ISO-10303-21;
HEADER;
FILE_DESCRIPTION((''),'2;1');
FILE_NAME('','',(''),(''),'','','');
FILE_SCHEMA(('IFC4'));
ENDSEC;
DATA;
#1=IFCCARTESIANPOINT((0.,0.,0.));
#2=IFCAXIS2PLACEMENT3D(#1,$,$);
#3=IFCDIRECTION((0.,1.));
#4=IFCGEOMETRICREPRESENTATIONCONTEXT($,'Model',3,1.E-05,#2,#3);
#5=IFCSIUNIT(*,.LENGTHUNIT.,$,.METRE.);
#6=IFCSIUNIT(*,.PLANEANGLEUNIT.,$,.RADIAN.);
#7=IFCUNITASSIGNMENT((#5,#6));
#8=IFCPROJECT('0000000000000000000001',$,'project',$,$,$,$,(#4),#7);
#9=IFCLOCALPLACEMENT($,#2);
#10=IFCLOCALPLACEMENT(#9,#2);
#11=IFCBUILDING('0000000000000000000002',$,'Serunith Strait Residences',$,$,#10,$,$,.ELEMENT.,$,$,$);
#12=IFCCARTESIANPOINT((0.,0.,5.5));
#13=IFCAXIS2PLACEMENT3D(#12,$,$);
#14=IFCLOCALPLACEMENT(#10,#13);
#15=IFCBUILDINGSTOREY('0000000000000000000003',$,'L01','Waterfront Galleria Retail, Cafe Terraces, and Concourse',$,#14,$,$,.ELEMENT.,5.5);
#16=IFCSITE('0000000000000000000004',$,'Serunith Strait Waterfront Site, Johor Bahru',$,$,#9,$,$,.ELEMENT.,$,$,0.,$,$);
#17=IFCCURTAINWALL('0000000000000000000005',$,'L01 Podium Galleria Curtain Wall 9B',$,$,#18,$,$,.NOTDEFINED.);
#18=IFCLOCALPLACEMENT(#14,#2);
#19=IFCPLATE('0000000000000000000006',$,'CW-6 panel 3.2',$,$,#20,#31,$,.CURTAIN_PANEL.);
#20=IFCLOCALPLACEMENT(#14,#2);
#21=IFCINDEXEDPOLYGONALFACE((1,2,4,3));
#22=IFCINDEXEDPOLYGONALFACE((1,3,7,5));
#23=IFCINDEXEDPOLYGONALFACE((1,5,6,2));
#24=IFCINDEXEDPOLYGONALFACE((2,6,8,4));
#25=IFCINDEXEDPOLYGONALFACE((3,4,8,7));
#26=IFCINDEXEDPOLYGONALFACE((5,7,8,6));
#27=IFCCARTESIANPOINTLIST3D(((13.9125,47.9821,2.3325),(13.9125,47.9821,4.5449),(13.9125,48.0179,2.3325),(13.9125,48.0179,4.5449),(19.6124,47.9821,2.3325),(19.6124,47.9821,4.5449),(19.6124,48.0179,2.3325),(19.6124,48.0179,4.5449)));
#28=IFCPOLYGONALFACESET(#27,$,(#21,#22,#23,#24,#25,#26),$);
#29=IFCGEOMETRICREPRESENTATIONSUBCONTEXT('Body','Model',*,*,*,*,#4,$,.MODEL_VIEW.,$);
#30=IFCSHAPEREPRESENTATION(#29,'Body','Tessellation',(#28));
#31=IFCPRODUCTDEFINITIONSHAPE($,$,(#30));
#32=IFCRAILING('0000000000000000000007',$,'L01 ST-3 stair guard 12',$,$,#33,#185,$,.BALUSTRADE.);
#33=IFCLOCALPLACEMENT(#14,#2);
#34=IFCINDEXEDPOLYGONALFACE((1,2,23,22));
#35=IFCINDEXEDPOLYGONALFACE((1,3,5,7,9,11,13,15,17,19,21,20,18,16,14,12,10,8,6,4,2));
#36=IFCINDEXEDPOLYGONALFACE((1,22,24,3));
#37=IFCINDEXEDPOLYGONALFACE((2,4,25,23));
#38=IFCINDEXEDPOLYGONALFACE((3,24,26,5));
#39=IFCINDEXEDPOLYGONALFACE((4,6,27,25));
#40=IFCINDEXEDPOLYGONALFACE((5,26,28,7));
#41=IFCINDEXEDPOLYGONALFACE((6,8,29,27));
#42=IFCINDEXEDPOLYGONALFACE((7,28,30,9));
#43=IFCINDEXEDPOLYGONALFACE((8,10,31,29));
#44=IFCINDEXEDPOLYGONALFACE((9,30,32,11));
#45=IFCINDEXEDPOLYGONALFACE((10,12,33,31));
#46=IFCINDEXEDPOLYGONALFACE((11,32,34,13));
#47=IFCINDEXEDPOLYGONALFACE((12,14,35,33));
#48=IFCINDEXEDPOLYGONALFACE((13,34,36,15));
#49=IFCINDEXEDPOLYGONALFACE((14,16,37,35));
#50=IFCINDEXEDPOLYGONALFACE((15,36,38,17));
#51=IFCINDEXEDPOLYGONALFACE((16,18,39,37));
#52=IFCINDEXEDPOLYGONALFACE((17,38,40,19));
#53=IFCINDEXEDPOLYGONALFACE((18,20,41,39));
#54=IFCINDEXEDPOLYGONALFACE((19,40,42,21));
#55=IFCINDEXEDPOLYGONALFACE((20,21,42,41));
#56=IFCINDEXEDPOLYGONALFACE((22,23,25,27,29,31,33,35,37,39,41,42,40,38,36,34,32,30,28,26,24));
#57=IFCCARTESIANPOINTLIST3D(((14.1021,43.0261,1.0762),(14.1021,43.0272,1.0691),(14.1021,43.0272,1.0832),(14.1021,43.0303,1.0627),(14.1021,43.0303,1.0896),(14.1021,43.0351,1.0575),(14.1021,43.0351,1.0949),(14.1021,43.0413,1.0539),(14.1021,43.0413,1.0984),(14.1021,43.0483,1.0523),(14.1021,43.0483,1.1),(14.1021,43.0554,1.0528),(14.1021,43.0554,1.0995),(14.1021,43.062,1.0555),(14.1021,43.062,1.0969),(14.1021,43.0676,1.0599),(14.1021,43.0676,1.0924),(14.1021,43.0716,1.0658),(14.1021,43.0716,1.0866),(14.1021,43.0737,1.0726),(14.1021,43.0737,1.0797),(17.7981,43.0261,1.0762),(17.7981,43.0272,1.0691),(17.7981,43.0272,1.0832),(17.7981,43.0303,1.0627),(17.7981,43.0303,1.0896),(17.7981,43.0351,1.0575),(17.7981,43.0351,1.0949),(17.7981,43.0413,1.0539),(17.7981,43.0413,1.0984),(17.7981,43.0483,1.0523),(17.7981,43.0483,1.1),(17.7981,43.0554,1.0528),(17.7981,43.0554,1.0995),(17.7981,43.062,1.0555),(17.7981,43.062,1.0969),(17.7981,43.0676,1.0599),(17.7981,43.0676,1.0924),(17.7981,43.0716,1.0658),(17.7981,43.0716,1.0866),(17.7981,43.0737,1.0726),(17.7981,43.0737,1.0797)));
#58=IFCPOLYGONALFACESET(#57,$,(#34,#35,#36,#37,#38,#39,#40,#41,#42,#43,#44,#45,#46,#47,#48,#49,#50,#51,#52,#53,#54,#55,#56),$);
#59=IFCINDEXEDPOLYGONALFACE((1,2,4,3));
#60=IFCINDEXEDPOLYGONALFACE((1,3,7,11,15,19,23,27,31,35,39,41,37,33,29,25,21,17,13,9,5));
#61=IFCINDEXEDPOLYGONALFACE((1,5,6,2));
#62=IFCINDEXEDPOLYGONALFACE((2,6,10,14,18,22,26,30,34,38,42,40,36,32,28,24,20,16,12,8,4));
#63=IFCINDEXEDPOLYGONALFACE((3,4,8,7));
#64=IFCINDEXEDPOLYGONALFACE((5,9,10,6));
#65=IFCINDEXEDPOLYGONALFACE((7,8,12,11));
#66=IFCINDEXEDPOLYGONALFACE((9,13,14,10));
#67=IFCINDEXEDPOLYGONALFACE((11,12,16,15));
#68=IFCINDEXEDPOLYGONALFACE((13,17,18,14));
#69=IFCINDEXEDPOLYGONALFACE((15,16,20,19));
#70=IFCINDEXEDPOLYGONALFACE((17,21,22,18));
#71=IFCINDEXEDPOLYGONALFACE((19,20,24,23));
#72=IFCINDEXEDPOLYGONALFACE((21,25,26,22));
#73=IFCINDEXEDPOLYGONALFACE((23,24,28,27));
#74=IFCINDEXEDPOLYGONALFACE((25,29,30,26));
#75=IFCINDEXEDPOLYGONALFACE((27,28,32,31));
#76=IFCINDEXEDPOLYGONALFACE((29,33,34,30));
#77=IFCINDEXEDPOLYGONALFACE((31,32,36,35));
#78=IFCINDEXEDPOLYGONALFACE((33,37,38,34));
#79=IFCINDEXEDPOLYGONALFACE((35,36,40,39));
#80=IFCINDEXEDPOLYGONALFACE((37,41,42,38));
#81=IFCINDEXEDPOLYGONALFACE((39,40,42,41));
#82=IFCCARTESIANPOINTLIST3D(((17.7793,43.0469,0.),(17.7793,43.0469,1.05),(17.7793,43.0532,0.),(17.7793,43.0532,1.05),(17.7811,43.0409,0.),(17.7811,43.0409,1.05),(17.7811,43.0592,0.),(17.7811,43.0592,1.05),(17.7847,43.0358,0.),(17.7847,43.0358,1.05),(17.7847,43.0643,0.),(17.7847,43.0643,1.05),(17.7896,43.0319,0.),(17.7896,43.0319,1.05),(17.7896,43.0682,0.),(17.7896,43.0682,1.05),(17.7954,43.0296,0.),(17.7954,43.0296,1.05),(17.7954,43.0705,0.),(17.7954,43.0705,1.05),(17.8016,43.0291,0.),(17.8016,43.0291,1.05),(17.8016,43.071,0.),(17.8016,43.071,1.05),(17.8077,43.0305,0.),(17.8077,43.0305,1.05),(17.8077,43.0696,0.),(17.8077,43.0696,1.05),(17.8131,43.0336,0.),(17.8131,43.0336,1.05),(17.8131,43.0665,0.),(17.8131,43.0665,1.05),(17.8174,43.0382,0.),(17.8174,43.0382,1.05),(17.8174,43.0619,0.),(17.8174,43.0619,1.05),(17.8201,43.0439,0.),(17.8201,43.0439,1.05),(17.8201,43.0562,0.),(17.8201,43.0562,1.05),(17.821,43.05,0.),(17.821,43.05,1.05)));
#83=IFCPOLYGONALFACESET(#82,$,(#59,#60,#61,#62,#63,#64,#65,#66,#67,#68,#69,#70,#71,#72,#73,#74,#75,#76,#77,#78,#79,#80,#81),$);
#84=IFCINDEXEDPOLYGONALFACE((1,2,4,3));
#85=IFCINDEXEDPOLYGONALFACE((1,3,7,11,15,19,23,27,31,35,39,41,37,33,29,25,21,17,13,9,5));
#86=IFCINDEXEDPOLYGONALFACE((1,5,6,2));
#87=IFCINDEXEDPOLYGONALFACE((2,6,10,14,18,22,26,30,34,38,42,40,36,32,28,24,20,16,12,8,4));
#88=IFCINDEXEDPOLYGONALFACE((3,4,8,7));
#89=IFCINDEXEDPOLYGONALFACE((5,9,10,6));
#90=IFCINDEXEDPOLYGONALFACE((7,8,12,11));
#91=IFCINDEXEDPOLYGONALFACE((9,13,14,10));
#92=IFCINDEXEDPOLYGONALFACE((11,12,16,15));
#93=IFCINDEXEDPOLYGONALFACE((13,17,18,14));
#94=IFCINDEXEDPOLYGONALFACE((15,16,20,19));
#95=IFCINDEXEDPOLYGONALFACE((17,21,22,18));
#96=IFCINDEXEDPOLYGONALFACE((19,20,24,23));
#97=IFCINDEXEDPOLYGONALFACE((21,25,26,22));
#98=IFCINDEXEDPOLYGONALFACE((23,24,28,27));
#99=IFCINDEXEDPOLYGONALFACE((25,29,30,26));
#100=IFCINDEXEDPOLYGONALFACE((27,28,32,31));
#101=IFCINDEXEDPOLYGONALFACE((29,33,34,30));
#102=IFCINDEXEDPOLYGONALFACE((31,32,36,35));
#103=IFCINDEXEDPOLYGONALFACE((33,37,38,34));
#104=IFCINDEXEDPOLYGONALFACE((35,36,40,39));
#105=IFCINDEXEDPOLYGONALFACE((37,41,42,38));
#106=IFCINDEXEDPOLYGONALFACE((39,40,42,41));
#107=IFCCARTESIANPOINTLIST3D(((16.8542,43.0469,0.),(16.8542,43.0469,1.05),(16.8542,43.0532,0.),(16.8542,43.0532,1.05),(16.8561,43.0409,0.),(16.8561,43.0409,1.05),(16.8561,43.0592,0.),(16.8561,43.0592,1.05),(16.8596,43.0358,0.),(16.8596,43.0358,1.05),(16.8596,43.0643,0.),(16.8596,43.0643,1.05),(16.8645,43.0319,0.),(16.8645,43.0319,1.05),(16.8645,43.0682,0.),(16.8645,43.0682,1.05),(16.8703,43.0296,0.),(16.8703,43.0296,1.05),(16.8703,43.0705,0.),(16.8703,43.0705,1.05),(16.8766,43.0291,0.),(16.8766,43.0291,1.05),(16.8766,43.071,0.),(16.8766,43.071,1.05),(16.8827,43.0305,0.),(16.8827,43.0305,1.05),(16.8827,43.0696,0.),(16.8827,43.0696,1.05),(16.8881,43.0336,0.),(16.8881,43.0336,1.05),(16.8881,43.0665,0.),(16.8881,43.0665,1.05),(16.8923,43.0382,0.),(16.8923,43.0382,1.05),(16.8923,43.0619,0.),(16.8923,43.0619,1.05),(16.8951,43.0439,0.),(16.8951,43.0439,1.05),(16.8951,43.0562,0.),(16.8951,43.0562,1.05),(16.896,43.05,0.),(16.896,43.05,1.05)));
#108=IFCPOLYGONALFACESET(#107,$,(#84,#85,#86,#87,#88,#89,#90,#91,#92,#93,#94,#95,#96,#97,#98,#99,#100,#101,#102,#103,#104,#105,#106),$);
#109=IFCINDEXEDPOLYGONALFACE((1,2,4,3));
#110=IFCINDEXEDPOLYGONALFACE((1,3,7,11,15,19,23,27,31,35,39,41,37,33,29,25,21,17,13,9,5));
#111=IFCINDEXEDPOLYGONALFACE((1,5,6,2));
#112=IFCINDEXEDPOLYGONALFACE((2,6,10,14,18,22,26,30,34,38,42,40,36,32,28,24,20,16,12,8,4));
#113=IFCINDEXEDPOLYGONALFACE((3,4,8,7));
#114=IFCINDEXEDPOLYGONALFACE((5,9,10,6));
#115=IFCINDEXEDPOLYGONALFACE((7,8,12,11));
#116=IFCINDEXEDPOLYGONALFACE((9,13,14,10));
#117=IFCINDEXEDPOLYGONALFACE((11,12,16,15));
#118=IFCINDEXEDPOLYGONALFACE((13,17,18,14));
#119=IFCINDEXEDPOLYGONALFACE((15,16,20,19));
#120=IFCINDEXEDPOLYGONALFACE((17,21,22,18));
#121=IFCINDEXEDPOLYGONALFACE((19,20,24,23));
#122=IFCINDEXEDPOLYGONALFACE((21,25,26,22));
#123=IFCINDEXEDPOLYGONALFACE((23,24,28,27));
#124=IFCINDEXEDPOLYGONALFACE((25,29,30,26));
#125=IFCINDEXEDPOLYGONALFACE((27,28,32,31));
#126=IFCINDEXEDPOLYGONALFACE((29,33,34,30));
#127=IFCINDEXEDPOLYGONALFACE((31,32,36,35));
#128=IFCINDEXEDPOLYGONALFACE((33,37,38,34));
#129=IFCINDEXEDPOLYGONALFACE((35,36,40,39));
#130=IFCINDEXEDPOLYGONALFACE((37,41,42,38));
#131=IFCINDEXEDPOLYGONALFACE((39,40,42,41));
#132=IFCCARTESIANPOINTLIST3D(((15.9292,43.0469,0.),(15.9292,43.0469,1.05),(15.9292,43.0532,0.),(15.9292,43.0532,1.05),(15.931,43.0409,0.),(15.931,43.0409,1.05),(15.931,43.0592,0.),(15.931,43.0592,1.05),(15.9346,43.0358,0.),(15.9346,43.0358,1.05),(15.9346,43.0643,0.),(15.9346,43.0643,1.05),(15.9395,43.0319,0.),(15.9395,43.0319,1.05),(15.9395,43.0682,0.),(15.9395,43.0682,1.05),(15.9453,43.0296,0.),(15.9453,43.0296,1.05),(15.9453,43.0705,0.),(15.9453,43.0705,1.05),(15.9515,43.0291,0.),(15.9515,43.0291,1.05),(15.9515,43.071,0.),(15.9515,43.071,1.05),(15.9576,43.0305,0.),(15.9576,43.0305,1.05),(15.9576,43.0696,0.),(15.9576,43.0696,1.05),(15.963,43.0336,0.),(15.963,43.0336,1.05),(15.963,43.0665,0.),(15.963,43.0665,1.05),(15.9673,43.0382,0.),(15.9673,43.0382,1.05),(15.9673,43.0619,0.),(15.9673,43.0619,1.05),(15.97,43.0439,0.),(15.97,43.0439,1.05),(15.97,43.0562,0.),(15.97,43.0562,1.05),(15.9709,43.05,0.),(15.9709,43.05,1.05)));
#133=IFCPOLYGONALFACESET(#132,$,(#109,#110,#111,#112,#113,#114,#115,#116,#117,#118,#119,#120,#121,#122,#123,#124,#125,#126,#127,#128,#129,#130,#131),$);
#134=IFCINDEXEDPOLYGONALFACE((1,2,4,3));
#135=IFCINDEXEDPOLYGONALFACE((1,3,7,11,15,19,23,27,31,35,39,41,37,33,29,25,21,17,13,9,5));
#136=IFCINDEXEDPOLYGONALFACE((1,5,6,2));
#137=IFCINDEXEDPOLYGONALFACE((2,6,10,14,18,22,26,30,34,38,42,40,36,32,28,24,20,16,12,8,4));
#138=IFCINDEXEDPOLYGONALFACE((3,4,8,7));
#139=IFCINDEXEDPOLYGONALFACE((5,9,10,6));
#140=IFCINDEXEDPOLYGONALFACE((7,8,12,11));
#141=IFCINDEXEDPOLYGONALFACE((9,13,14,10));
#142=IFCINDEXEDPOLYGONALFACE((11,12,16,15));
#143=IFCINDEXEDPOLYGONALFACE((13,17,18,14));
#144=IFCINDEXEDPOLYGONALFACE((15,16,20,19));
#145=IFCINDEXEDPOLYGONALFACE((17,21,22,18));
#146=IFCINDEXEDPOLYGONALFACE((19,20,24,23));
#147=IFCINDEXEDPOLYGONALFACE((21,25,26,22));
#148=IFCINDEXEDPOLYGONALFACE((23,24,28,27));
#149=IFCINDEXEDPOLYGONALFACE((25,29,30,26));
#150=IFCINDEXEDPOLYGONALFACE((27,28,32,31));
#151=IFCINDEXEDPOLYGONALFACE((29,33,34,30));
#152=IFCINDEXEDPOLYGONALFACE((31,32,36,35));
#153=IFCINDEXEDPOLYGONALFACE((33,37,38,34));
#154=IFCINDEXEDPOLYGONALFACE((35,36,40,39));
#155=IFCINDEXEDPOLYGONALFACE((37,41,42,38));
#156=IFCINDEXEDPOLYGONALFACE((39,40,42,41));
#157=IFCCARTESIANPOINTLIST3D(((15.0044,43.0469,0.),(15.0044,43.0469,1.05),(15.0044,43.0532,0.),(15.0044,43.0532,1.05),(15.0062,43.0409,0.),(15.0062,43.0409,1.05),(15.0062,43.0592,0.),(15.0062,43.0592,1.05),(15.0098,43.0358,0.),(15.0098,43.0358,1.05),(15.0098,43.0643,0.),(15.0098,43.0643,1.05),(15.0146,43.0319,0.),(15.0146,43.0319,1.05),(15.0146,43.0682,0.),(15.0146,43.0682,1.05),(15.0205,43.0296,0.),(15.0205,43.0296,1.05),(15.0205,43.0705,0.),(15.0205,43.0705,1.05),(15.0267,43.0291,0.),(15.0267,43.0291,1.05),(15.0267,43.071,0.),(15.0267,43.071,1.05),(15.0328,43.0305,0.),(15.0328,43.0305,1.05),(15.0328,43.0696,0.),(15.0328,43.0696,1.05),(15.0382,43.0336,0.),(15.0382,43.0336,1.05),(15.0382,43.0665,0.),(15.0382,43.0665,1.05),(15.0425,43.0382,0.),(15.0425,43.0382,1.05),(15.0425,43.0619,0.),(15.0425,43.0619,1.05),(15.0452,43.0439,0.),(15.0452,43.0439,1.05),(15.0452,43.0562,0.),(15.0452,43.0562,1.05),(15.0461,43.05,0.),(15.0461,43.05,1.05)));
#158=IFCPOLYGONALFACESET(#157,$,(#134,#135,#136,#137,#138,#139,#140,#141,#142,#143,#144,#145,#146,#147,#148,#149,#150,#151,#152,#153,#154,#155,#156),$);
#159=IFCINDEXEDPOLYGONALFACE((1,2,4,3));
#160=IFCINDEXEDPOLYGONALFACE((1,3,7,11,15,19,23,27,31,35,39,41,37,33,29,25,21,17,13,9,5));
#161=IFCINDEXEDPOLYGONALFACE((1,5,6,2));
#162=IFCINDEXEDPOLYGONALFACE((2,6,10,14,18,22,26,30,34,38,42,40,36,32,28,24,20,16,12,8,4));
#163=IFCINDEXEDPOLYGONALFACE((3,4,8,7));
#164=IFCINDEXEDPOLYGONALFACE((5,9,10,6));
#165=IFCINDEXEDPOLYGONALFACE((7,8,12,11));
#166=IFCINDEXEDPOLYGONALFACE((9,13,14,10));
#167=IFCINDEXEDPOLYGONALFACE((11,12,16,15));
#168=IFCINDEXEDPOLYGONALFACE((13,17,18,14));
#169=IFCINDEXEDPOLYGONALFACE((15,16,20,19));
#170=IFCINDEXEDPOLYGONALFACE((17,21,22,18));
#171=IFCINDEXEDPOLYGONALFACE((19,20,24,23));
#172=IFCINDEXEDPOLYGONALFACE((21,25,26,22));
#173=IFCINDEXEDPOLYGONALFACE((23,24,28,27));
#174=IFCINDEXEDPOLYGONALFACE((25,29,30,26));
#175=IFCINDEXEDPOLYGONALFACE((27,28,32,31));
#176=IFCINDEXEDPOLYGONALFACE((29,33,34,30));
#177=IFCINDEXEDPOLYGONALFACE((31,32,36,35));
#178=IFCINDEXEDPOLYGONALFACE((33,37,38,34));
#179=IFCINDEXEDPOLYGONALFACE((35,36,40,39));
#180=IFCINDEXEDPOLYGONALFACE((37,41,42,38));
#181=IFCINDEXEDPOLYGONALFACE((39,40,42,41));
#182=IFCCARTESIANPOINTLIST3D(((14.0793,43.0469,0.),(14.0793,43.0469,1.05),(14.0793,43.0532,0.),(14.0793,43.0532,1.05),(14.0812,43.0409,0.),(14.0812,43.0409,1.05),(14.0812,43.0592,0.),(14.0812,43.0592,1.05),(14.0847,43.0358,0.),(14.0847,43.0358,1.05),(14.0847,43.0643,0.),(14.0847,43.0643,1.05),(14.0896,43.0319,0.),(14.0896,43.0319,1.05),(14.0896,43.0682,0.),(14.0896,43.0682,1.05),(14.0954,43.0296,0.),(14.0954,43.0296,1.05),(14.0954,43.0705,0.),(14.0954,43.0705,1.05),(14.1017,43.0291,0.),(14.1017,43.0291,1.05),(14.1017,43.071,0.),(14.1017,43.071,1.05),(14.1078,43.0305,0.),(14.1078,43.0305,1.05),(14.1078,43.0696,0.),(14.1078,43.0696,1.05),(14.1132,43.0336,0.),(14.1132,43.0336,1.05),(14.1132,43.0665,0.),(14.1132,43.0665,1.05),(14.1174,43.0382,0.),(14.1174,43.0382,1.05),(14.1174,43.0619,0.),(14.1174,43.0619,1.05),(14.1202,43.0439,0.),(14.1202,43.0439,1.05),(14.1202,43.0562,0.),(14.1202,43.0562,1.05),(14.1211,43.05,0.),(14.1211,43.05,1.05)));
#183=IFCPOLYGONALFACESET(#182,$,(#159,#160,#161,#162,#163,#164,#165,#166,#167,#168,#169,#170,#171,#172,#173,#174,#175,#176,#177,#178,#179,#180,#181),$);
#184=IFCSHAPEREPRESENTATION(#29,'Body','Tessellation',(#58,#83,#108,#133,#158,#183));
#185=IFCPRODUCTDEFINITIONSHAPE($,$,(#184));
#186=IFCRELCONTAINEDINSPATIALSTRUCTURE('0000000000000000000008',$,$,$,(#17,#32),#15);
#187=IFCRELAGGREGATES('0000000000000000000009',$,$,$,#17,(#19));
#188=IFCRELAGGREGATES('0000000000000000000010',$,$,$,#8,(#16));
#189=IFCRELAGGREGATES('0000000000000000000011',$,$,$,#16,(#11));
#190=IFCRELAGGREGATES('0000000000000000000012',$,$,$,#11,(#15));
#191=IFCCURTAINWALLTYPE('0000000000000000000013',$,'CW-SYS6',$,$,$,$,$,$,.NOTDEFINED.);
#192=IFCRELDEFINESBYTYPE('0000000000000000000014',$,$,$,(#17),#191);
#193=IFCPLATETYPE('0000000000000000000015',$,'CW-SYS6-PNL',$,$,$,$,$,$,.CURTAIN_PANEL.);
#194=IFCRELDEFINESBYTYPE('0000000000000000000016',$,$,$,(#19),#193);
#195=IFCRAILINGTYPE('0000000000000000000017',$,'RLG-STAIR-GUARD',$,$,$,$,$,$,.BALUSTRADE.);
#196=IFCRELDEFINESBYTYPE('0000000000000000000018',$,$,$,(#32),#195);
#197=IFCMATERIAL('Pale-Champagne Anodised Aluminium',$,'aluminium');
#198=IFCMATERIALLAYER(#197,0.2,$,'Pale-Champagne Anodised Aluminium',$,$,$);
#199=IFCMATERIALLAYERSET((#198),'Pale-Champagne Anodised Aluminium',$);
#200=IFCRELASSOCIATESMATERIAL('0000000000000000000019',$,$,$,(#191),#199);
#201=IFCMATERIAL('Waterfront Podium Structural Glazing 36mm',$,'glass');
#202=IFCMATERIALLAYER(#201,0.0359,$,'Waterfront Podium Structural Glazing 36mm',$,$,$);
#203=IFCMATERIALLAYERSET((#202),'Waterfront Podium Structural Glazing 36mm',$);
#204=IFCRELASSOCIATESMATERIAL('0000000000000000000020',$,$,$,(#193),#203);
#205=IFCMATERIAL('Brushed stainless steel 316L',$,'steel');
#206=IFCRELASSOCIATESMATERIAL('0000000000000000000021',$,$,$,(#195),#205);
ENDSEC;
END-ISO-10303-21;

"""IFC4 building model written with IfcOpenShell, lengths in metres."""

from ifc_helpers import new_model, si_unit, direction, frame, origin, origin_2d, place, context, subcontext, project, spatial, rectangle, circle, extrude, source, transform, mapped, material, layer, layer_set, type_object, element, aggregate, save


model = new_model("IFC4")

# Units and contexts
model_context = context("Model", 3, precision=1e-05, world=origin(), true_north=direction((0.0, 1.0)))
body_context = subcontext(model_context, "Body", "Model", "MODEL_VIEW")
ifc_project = project(units=[si_unit("LENGTHUNIT", "METRE"), si_unit("PLANEANGLEUNIT", "RADIAN")], contexts=[model_context])

# Site, building, storey
site_placement = place(None, origin())
site = spatial("IfcSite", under=ifc_project, at=site_placement, Name="Serunith Strait Waterfront Site, Johor Bahru", CompositionType="ELEMENT", RefElevation=0.0)
building_placement = place(site_placement, origin())
building = spatial("IfcBuilding", under=site, at=building_placement, Name="Serunith Strait Residences", CompositionType="ELEMENT")
storey_placement = place(building_placement, frame((0.0, 0.0, 5.5)))
storey = spatial("IfcBuildingStorey", under=building, at=storey_placement, Name="L01", Description="Waterfront Galleria Retail, Cafe Terraces, and Concourse", CompositionType="ELEMENT", Elevation=5.5)

# Curtain wall, plate
ifc_material_1 = material(Name="Pale-Champagne Anodised Aluminium", Category="aluminium")
ifc_layer_1 = layer(ifc_material_1, 0.2, Name="Pale-Champagne Anodised Aluminium")
ifc_layer_set_1 = layer_set([ifc_layer_1], Name="Pale-Champagne Anodised Aluminium")
curtain_wall_type = type_object("IfcCurtainWallType", Name="CW-SYS6", PredefinedType="NOTDEFINED", material=ifc_layer_set_1)
curtain_wall_placement = place(storey_placement, origin())
curtain_wall = element("IfcCurtainWall", 1, at=curtain_wall_placement, inside=storey, type_object=curtain_wall_type, Name="L01 Podium Galleria Curtain Wall 9B", PredefinedType="NOTDEFINED")
ifc_material_2 = material(Name="Waterfront Podium Structural Glazing 36mm", Category="glass")
ifc_layer_2 = layer(ifc_material_2, 0.0359, Name="Waterfront Podium Structural Glazing 36mm")
ifc_layer_set_2 = layer_set([ifc_layer_2], Name="Waterfront Podium Structural Glazing 36mm")
plate_type = type_object("IfcPlateType", Name="CW-SYS6-PNL", PredefinedType="CURTAIN_PANEL", material=ifc_layer_set_2)
shared_shape_1 = source(origin(), body_context, "Body", "SweptSolid", [
    extrude(rectangle(XDim=5.7, YDim=0.0359, at=origin_2d()), origin(), (0.0, 0.0, 1.0), 2.2124),
])
plate_1_placement = place(storey_placement, frame((16.7625, 48.0, 2.3325), z_axis=(0.0, 0.0, 1.0), x_axis=(-1.0, 0.0, 0.0)))
plate_1 = element("IfcPlate", 2, at=plate_1_placement, type_object=plate_type, Name="CW-6 panel 3.2", PredefinedType="CURTAIN_PANEL", context=body_context, shape_type="MappedRepresentation", body=[
    mapped(shared_shape_1, transform((0.0, 0.0, 0.0), scale=1.0)),
])
aggregate(curtain_wall, [plate_1])

# Railing
ifc_material_3 = material(Name="Brushed stainless steel 316L", Category="steel")
railing_type = type_object("IfcRailingType", Name="RLG-STAIR-GUARD", PredefinedType="BALUSTRADE", material=ifc_material_3)
railing_placement = place(storey_placement, frame((17.8, 43.05, 0.0)))
element("IfcRailing", 3, at=railing_placement, inside=storey, type_object=railing_type, Name="L01 ST-3 stair guard 12", PredefinedType="BALUSTRADE", context=body_context, shape_type="SweptSolid", body=[
    extrude(circle(Radius=0.0239, at=origin_2d()), frame((-0.002, 0.0, 1.0762), z_axis=(-1.0, 0.0, 0.0), x_axis=(0.0, -1.0, 0.0)), (0.0, 0.0, 1.0), 3.696),
    extrude(circle(Radius=0.021, at=origin_2d()), origin(), (0.0, 0.0, 1.0), 1.05),
    extrude(circle(Radius=0.021, at=origin_2d()), frame((-0.925, 0.0, 0.0)), (0.0, 0.0, 1.0), 1.05),
    extrude(circle(Radius=0.021, at=origin_2d()), frame((-1.8501, 0.0, 0.0)), (0.0, 0.0, 1.0), 1.05),
    extrude(circle(Radius=0.021, at=origin_2d()), frame((-2.7749, 0.0, 0.0)), (0.0, 0.0, 1.0), 1.05),
    extrude(circle(Radius=0.021, at=origin_2d()), frame((-3.7, 0.0, 0.0)), (0.0, 0.0, 1.0), 1.05),
])

save(model, "model.ifc")
